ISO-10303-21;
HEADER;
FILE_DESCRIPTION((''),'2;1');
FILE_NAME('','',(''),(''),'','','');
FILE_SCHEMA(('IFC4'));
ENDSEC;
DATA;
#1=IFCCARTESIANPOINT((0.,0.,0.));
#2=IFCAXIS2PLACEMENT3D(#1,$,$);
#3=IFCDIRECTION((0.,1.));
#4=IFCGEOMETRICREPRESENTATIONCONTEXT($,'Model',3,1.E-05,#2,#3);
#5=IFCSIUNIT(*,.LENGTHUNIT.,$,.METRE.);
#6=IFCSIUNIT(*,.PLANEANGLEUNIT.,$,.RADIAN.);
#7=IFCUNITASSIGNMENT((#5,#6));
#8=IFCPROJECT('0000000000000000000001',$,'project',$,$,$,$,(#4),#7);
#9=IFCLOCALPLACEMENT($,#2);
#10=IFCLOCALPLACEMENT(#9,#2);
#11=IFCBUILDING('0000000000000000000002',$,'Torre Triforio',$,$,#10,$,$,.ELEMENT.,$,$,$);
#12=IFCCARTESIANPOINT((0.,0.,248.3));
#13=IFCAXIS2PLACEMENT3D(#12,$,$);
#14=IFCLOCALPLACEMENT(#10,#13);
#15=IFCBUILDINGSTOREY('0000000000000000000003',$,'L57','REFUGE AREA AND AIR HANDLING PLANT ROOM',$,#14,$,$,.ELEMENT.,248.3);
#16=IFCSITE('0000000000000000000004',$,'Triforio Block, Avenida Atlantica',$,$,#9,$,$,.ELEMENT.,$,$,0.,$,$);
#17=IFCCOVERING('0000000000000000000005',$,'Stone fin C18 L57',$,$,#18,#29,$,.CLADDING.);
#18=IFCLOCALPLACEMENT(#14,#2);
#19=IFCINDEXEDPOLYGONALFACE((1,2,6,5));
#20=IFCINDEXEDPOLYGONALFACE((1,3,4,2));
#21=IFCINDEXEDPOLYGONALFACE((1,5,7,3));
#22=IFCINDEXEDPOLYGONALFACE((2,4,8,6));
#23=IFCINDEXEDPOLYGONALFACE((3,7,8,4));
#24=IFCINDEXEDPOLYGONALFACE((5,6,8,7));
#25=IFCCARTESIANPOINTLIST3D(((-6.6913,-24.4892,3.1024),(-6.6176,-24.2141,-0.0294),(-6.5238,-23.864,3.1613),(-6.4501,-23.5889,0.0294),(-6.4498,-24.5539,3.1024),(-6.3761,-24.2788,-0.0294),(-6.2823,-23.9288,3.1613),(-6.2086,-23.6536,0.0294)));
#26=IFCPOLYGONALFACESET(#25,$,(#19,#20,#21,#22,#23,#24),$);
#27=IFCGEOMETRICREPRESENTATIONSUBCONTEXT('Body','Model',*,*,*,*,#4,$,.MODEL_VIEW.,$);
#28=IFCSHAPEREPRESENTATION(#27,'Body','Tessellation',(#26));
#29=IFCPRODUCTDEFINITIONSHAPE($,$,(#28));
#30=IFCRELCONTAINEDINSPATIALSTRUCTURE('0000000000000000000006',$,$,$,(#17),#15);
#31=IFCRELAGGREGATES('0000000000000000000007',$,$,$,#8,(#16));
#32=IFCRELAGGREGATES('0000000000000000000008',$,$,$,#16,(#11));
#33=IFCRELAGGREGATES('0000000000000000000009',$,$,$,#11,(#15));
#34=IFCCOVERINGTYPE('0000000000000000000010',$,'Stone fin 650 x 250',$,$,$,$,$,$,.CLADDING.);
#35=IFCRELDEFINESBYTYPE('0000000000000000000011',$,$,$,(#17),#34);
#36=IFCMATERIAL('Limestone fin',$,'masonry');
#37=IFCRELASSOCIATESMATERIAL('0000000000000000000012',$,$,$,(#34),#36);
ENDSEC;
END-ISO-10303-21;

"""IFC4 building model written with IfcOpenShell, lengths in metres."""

from ifc_helpers import new_model, si_unit, direction, frame, origin, origin_2d, place, context, subcontext, project, spatial, rectangle, extrude, material, material_profile, profile_set, type_object, element, save


model = new_model("IFC4")

# Units and contexts
model_context = context("Model", 3, precision=1e-05, world=origin(), true_north=direction((0.0, 1.0)))
body_context = subcontext(model_context, "Body", "Model", "MODEL_VIEW")
ifc_project = project(units=[si_unit("LENGTHUNIT", "METRE"), si_unit("PLANEANGLEUNIT", "RADIAN")], contexts=[model_context])

# Site, building, storey
site_placement = place(None, origin())
site = spatial("IfcSite", under=ifc_project, at=site_placement, Name="Triforio Block, Avenida Atlantica", CompositionType="ELEMENT", RefElevation=0.0)
building_placement = place(site_placement, origin())
building = spatial("IfcBuilding", under=site, at=building_placement, Name="Torre Triforio", CompositionType="ELEMENT")
storey_placement = place(building_placement, frame((0.0, 0.0, 248.3)))
storey = spatial("IfcBuildingStorey", under=building, at=storey_placement, Name="L57", Description="REFUGE AREA AND AIR HANDLING PLANT ROOM", CompositionType="ELEMENT", Elevation=248.3)

# Covering
ifc_material_1 = material(Name="Limestone fin", Category="masonry")
ifc_material_profile_1 = material_profile(ifc_material_1, rectangle(XDim=0.6499, YDim=0.25, at=origin_2d()), Name="FIN 650x250")
ifc_profile_set_1 = profile_set([ifc_material_profile_1], Name="Limestone fin")
covering_type_1 = type_object("IfcCoveringType", Name="Stone fin 650 x 250", PredefinedType="CLADDING", material=ifc_profile_set_1)
covering_1_placement = place(storey_placement, frame((-6.4131, -23.9338, 0.0), z_axis=(-0.023445, -0.087494, 0.995889), x_axis=(0.257772, 0.961951, 0.09058)))
element("IfcCovering", 1, at=covering_1_placement, inside=storey, type_object=covering_type_1, Name="Stone fin C18 L57", PredefinedType="CLADDING", context=body_context, shape_type="SweptSolid", body=[
    extrude(rectangle(XDim=0.6499, YDim=0.25, at=origin_2d()), origin(), (0.0, 0.0, 1.0), 3.1448),
])

save(model, "model.ifc")
